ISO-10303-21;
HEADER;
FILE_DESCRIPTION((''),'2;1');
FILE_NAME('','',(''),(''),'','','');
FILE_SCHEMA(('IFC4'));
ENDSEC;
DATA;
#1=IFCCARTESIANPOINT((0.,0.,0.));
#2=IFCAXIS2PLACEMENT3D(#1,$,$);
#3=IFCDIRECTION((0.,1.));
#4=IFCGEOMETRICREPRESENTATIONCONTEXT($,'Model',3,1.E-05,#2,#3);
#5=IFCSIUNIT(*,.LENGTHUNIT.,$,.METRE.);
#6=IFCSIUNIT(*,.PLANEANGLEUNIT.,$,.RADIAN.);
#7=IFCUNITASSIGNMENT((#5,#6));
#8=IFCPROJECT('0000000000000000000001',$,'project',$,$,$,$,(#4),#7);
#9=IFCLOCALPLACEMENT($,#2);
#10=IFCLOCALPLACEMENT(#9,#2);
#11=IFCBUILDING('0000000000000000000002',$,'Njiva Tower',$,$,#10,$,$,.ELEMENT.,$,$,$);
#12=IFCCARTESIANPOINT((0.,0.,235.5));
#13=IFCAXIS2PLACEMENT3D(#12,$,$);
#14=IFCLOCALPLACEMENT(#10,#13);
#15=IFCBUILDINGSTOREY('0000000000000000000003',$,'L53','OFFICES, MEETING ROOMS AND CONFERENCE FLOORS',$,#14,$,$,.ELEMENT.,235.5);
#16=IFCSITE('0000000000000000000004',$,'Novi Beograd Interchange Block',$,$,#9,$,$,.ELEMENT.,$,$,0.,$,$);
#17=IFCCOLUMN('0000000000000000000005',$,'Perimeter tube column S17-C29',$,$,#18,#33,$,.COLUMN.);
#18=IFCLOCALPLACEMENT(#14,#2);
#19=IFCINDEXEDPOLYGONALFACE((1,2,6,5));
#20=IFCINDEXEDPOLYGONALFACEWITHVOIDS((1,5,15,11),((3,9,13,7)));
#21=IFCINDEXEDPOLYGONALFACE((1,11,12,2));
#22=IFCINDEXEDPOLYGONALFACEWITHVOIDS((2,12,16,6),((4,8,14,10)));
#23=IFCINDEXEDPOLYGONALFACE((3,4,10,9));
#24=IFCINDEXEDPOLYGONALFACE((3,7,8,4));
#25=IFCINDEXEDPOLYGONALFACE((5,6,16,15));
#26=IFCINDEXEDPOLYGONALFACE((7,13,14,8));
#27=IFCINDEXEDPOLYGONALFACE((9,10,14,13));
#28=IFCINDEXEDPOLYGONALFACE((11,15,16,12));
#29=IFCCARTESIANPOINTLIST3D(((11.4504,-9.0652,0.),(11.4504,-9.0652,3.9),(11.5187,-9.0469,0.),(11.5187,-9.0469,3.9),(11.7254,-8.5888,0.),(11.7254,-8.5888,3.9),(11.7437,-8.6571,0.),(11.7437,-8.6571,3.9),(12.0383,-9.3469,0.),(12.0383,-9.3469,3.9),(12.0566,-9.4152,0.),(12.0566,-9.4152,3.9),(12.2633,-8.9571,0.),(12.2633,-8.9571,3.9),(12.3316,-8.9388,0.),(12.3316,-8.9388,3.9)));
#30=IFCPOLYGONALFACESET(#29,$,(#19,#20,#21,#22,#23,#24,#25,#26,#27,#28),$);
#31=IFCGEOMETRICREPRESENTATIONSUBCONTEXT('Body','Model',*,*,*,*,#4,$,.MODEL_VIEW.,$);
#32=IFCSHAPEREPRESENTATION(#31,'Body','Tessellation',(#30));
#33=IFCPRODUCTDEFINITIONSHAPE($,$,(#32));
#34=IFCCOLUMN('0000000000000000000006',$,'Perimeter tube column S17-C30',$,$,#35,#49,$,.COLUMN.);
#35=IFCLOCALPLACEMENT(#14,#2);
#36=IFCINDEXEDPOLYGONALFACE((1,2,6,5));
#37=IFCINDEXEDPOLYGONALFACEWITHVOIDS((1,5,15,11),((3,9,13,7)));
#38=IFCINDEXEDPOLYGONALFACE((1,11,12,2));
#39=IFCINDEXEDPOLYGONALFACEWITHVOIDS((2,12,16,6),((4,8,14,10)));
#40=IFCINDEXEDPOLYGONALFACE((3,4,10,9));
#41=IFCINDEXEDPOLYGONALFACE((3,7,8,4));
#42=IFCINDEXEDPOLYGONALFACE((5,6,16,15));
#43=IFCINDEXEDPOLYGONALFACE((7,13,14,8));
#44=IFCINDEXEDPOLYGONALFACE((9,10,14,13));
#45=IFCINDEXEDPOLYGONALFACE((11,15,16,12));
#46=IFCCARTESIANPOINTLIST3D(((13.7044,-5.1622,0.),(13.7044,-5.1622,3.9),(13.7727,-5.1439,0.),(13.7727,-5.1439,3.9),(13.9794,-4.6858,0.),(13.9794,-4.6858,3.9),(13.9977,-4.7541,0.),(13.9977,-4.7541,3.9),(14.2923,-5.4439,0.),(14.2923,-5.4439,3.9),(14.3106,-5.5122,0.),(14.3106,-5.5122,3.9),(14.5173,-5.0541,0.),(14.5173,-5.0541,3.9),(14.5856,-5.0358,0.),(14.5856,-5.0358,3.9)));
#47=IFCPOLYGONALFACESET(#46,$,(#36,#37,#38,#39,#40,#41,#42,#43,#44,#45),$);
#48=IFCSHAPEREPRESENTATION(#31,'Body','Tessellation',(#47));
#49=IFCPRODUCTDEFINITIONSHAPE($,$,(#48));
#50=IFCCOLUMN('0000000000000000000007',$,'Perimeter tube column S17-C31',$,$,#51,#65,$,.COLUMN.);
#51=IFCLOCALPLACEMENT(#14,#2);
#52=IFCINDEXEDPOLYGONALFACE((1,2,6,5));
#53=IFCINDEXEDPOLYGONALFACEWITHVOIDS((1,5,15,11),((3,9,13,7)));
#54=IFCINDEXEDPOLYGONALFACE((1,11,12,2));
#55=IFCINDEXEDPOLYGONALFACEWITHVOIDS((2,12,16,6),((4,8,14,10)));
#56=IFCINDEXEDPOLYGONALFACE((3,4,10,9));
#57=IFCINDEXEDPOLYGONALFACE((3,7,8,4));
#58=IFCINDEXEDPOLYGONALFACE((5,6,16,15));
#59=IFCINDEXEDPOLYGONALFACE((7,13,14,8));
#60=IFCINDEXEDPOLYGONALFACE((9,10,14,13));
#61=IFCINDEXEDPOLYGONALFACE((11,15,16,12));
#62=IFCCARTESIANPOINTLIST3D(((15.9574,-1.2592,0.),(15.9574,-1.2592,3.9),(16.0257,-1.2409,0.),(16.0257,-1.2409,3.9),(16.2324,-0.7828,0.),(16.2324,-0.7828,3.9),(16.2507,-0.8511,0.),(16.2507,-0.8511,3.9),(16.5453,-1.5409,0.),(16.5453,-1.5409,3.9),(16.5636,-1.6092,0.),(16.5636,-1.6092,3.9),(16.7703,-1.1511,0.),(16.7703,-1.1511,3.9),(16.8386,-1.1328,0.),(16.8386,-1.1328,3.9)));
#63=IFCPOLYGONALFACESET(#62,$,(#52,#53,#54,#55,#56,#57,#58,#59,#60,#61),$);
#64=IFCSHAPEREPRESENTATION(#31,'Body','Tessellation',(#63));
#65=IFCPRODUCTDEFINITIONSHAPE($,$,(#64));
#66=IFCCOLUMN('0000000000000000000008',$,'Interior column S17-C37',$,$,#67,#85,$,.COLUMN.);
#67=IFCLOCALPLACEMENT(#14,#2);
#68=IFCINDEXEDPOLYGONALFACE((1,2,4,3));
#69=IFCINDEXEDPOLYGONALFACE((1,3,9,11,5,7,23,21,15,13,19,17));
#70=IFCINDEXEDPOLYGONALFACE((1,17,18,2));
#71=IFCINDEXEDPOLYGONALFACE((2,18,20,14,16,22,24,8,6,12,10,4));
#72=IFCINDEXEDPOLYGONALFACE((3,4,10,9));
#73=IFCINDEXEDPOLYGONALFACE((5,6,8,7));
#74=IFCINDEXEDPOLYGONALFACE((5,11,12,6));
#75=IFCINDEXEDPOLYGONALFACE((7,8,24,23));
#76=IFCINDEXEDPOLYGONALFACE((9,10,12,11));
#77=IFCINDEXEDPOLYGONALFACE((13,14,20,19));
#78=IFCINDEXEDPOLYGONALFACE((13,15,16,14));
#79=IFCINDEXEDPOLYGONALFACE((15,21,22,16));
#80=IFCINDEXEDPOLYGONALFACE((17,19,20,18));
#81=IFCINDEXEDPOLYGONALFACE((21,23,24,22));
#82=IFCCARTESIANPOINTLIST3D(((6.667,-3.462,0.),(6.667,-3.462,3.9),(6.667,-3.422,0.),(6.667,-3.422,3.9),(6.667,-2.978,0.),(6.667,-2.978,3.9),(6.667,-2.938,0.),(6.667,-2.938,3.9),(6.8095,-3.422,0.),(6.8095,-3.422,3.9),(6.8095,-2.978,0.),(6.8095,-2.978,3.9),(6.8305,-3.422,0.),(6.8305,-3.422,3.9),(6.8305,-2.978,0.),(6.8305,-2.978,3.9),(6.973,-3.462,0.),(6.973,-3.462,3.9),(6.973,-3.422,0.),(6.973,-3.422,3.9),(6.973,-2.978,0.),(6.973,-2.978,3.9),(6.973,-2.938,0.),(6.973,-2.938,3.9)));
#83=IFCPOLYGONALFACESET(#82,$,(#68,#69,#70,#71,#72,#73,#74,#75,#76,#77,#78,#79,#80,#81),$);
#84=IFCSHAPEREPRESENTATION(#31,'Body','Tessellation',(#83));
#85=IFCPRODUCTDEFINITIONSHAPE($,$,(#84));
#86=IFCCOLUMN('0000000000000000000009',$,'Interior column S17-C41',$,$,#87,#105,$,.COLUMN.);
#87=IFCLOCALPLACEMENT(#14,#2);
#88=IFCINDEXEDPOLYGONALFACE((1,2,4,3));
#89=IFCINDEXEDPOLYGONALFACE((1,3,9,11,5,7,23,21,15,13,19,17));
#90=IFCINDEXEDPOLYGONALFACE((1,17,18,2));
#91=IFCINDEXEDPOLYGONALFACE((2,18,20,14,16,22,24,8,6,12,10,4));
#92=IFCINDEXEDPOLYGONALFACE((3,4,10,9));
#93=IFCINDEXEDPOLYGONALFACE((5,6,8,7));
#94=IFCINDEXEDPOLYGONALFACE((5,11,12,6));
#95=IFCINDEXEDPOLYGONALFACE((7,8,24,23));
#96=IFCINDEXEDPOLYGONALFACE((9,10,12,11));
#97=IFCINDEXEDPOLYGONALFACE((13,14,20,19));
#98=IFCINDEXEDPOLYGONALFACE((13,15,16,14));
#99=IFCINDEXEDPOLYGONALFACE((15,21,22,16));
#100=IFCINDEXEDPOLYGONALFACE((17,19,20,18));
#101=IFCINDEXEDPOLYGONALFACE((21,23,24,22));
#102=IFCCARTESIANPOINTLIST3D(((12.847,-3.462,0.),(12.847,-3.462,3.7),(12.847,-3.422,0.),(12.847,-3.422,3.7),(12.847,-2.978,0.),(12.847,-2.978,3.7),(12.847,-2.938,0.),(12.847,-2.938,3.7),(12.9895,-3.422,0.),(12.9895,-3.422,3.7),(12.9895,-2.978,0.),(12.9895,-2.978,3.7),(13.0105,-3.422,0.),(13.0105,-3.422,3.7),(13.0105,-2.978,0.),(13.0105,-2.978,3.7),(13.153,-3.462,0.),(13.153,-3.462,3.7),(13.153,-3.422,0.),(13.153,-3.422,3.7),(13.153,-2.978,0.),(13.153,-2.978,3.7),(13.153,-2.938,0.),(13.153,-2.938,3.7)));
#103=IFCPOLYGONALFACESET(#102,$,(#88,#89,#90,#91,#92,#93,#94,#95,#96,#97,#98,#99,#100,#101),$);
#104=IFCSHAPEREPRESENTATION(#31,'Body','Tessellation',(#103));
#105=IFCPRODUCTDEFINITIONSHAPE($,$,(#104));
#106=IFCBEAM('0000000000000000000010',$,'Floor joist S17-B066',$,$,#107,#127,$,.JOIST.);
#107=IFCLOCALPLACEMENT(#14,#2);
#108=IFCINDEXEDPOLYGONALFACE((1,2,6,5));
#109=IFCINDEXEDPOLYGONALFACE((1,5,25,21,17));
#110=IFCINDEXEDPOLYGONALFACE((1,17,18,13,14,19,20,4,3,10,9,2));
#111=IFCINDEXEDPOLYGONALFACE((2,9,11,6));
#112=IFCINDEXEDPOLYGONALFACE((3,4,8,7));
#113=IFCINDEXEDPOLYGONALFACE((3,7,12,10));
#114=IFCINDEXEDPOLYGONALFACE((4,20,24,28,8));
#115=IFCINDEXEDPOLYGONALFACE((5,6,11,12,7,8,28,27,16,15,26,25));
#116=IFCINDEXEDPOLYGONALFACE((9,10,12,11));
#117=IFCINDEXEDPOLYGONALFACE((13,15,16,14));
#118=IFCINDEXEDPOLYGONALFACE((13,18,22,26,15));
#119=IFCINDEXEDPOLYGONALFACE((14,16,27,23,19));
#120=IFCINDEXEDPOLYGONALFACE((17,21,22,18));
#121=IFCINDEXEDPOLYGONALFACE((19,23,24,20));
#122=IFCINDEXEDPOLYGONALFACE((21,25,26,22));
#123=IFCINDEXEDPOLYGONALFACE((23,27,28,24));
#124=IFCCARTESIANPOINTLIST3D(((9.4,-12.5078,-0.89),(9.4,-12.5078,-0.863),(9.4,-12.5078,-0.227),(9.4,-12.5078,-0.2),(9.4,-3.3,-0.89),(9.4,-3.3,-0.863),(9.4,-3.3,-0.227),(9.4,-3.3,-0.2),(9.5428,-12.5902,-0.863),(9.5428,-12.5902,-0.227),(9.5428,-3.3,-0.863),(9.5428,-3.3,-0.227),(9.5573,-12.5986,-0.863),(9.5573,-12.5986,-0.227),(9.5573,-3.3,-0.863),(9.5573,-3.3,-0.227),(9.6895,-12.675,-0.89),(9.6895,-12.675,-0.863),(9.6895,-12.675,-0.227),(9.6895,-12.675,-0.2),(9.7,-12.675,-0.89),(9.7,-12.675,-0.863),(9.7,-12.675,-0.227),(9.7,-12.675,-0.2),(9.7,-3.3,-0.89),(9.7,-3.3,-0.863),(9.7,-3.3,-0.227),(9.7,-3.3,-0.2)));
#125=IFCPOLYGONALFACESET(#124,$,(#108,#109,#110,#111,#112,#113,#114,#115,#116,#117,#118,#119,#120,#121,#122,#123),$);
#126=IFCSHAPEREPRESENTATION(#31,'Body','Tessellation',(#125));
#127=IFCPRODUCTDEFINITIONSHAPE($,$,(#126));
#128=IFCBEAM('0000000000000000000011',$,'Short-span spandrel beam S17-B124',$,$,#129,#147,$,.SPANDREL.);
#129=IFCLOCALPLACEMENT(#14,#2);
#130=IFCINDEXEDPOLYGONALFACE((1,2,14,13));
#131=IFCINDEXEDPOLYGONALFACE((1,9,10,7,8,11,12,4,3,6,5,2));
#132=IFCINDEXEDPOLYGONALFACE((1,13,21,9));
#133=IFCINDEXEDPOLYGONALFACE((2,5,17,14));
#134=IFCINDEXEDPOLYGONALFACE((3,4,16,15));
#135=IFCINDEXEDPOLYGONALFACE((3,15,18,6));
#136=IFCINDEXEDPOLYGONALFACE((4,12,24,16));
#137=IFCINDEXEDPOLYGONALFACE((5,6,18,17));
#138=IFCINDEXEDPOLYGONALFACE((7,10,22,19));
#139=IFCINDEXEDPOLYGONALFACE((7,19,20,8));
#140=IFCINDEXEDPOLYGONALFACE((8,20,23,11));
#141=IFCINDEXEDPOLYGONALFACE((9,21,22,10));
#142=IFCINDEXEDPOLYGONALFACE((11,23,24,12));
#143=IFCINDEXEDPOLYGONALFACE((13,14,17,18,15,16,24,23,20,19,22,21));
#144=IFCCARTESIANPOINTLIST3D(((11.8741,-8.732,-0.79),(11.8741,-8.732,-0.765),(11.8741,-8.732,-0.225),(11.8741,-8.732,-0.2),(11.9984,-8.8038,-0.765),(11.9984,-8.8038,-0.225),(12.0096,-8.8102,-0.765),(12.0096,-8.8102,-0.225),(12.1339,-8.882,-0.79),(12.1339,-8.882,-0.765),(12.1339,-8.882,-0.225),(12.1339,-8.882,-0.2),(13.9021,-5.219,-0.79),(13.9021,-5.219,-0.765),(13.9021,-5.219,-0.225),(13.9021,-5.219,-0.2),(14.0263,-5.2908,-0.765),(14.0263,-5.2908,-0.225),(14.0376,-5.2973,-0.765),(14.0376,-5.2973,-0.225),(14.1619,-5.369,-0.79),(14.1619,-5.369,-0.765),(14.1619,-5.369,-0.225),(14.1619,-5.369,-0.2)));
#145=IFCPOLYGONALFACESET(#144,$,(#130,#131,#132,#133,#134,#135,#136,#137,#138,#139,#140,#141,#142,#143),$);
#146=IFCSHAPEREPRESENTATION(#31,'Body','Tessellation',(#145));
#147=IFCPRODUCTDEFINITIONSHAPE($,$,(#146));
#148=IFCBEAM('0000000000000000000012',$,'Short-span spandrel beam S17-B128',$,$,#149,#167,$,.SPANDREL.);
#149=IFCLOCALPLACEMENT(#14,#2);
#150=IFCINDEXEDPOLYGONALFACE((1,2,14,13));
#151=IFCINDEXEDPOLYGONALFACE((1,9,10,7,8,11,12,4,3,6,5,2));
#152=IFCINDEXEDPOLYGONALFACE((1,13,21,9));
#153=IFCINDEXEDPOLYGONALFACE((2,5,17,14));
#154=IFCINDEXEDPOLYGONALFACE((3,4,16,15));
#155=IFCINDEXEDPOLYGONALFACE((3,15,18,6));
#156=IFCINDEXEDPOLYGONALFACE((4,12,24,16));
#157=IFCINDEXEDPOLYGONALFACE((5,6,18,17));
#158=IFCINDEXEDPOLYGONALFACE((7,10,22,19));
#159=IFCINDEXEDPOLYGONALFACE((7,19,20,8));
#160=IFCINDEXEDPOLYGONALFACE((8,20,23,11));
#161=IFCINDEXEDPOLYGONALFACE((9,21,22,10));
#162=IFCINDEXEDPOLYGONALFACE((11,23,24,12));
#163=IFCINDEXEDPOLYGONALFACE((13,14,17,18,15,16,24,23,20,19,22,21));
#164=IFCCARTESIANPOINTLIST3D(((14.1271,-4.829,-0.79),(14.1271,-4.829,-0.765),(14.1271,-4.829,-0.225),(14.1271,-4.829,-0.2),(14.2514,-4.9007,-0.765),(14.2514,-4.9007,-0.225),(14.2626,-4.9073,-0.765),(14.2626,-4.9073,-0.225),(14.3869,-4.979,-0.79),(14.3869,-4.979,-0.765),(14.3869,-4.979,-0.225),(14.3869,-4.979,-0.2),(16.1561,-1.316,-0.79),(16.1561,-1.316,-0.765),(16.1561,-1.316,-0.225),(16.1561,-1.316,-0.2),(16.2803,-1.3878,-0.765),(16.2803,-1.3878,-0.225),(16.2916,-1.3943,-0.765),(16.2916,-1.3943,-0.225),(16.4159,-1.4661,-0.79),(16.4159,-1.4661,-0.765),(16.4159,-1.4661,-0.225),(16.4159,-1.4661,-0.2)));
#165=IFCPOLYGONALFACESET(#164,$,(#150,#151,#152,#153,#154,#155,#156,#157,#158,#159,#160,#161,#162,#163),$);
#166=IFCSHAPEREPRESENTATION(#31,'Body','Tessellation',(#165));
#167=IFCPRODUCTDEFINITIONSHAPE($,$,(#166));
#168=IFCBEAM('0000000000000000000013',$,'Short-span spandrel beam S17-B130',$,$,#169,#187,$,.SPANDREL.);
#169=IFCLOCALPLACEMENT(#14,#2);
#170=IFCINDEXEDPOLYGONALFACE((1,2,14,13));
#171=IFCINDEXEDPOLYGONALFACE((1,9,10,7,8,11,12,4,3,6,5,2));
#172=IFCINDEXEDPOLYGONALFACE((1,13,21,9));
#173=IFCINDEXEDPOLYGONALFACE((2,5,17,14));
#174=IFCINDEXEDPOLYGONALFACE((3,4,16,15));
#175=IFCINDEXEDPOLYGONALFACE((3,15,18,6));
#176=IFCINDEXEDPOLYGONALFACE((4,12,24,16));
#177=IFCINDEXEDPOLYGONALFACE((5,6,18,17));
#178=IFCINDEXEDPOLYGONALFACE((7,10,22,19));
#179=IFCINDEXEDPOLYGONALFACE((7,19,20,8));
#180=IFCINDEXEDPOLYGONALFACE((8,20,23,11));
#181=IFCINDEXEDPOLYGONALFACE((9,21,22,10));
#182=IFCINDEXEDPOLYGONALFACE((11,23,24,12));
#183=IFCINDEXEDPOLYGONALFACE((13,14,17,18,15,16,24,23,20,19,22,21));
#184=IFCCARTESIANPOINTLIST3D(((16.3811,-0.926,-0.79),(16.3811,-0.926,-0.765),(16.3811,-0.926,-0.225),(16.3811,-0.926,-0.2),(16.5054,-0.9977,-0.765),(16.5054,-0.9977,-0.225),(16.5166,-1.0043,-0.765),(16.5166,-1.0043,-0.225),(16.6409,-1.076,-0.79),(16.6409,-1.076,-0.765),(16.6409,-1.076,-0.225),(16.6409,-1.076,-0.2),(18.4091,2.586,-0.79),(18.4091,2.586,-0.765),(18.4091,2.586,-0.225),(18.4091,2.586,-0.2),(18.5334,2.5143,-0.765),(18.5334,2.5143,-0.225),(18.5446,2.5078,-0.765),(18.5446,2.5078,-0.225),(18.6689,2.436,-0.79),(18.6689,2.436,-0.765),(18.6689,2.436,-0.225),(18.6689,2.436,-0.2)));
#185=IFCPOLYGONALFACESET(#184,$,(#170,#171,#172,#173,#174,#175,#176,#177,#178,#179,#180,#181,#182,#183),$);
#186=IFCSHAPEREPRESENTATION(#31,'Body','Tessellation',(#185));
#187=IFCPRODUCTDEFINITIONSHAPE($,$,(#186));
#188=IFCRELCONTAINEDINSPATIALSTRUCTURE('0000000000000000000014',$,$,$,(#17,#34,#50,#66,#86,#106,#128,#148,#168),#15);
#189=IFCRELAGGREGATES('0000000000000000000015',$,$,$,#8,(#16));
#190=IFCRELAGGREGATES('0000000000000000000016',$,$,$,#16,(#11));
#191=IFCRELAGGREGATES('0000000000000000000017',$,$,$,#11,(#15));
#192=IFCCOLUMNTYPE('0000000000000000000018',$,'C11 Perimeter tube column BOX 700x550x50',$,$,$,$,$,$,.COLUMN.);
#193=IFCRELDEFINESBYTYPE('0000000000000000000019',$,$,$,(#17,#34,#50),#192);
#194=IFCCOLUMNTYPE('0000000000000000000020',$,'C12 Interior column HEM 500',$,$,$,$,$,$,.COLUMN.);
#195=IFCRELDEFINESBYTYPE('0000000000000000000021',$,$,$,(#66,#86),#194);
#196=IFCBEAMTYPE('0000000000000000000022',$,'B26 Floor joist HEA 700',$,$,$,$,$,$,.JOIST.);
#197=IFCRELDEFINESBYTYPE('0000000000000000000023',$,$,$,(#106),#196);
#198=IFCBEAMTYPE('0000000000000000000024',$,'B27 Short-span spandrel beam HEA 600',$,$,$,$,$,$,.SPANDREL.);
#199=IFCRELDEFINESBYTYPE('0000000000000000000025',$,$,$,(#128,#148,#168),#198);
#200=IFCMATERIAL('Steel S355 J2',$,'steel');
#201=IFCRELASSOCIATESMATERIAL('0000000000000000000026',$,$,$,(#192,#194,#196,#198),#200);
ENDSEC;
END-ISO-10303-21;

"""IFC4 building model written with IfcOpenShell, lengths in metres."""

from ifc_helpers import new_model, si_unit, direction, frame, origin, origin_2d, place, context, subcontext, project, spatial, hollow_rectangle, i_section, extrude, clip, halfspace, material, material_profile, profile_set, type_object, element, save


model = new_model("IFC4")

# Units and contexts
model_context = context("Model", 3, precision=1e-05, world=origin(), true_north=direction((0.0, 1.0)))
body_context = subcontext(model_context, "Body", "Model", "MODEL_VIEW")
ifc_project = project(units=[si_unit("LENGTHUNIT", "METRE"), si_unit("PLANEANGLEUNIT", "RADIAN")], contexts=[model_context])

# Site, building, storey
site_placement = place(None, origin())
site = spatial("IfcSite", under=ifc_project, at=site_placement, Name="Novi Beograd Interchange Block", CompositionType="ELEMENT", RefElevation=0.0)
building_placement = place(site_placement, origin())
building = spatial("IfcBuilding", under=site, at=building_placement, Name="Njiva Tower", CompositionType="ELEMENT")
storey_placement = place(building_placement, frame((0.0, 0.0, 235.5)))
storey = spatial("IfcBuildingStorey", under=building, at=storey_placement, Name="L53", Description="OFFICES, MEETING ROOMS AND CONFERENCE FLOORS", CompositionType="ELEMENT", Elevation=235.5)

# Columns
ifc_material_1 = material(Name="Steel S355 J2", Category="steel")
ifc_material_profile_1 = material_profile(ifc_material_1, hollow_rectangle(XDim=0.55, YDim=0.7, WallThickness=0.05, at=origin_2d()), Name="BOX 700x550x50")
ifc_profile_set_1 = profile_set([ifc_material_profile_1], Name="Steel S355 J2")
column_type_1 = type_object("IfcColumnType", Name="C11 Perimeter tube column BOX 700x550x50", PredefinedType="COLUMN", material=ifc_profile_set_1)
for number, where, z_axis, x_axis, name in (
    (1, (11.891, -9.002, 0.0), (0.0, 0.0, 1.0), (0.5, 0.866025, 0.0), "Perimeter tube column S17-C29"),
    (2, (14.145, -5.099, 0.0), (0.0, 0.0, 1.0), (0.5, 0.866025, 0.0), "Perimeter tube column S17-C30"),
    (3, (16.398, -1.196, 0.0), (0.0, 0.0, 1.0), (0.5, 0.866025, 0.0), "Perimeter tube column S17-C31"),
):
    element("IfcColumn", number, at=place(storey_placement, frame(where, z_axis=z_axis, x_axis=x_axis)), inside=storey, type_object=column_type_1, Name=name, PredefinedType="COLUMN", context=body_context, shape_type="SweptSolid", body=[
        extrude(hollow_rectangle(XDim=0.55, YDim=0.7, WallThickness=0.05, at=origin_2d()), origin(), (0.0, 0.0, 1.0), 3.9),
    ])
ifc_material_profile_2 = material_profile(ifc_material_1, i_section(OverallWidth=0.306, OverallDepth=0.524, WebThickness=0.021, FlangeThickness=0.04, at=origin_2d()), Name="HEM 500")
ifc_profile_set_2 = profile_set([ifc_material_profile_2], Name="Steel S355 J2")
column_type_2 = type_object("IfcColumnType", Name="C12 Interior column HEM 500", PredefinedType="COLUMN", material=ifc_profile_set_2)
column_1_placement = place(storey_placement, frame((6.82, -3.2, 0.0), z_axis=(0.0, 0.0, 1.0), x_axis=(1.0, 0.0, 0.0)))
element("IfcColumn", 4, at=column_1_placement, inside=storey, type_object=column_type_2, Name="Interior column S17-C37", PredefinedType="COLUMN", context=body_context, shape_type="SweptSolid", body=[
    extrude(i_section(OverallWidth=0.306, OverallDepth=0.524, WebThickness=0.021, FlangeThickness=0.04, at=origin_2d()), origin(), (0.0, 0.0, 1.0), 3.9),
])
column_2_placement = place(storey_placement, frame((13.0, -3.2, 0.0), z_axis=(0.0, 0.0, 1.0), x_axis=(1.0, 0.0, 0.0)))
element("IfcColumn", 5, at=column_2_placement, inside=storey, type_object=column_type_2, Name="Interior column S17-C41", PredefinedType="COLUMN", context=body_context, shape_type="SweptSolid", body=[
    extrude(i_section(OverallWidth=0.306, OverallDepth=0.524, WebThickness=0.021, FlangeThickness=0.04, at=origin_2d()), origin(), (0.0, 0.0, 1.0), 3.7),
])

# Beams
ifc_material_profile_3 = material_profile(ifc_material_1, i_section(OverallWidth=0.3, OverallDepth=0.69, WebThickness=0.0145, FlangeThickness=0.027, at=origin_2d()), Name="HEA 700")
ifc_profile_set_3 = profile_set([ifc_material_profile_3], Name="Steel S355 J2")
beam_type_1 = type_object("IfcBeamType", Name="B26 Floor joist HEA 700", PredefinedType="JOIST", material=ifc_profile_set_3)
beam_1_placement = place(storey_placement, frame((9.55, -3.3, -0.545), z_axis=(0.0, -1.0, 0.0), x_axis=(1.0, 0.0, 0.0)))
element("IfcBeam", 6, at=beam_1_placement, inside=storey, type_object=beam_type_1, Name="Floor joist S17-B066", PredefinedType="JOIST", context=body_context, shape_type="Clipping", body=[
    clip(extrude(i_section(OverallWidth=0.3, OverallDepth=0.69, WebThickness=0.0145, FlangeThickness=0.027, at=origin_2d()), origin(), (0.0, 0.0, 1.0), 9.375), halfspace(frame((-0.025, 0.0, 9.28), z_axis=(-0.499998, 0.0, 0.866027), x_axis=(0.0, 1.0, 0.0)), False)),
])
ifc_material_profile_4 = material_profile(ifc_material_1, i_section(OverallWidth=0.3, OverallDepth=0.59, WebThickness=0.013, FlangeThickness=0.025, at=origin_2d()), Name="HEA 600")
ifc_profile_set_4 = profile_set([ifc_material_profile_4], Name="Steel S355 J2")
beam_type_2 = type_object("IfcBeamType", Name="B27 Short-span spandrel beam HEA 600", PredefinedType="SPANDREL", material=ifc_profile_set_4)
beam_2_placement = place(storey_placement, frame((12.004, -8.807, -0.495), z_axis=(0.499957, 0.86605, 0.0), x_axis=(-0.86605, 0.499957, 0.0)))
element("IfcBeam", 7, at=beam_2_placement, inside=storey, type_object=beam_type_2, Name="Short-span spandrel beam S17-B124", PredefinedType="SPANDREL", context=body_context, shape_type="SweptSolid", body=[
    extrude(i_section(OverallWidth=0.3, OverallDepth=0.59, WebThickness=0.013, FlangeThickness=0.025, at=origin_2d()), origin(), (0.0, 0.0, 1.0), 4.0563),
])
beam_3_placement = place(storey_placement, frame((14.257, -4.904, -0.495), z_axis=(0.500142, 0.865943, 0.0), x_axis=(-0.865943, 0.500142, 0.0)))
element("IfcBeam", 8, at=beam_3_placement, inside=storey, type_object=beam_type_2, Name="Short-span spandrel beam S17-B128", PredefinedType="SPANDREL", context=body_context, shape_type="SweptSolid", body=[
    extrude(i_section(OverallWidth=0.3, OverallDepth=0.59, WebThickness=0.013, FlangeThickness=0.025, at=origin_2d()), origin(), (0.0, 0.0, 1.0), 4.0568),
])
beam_4_placement = place(storey_placement, frame((16.511, -1.001, -0.495), z_axis=(0.500064, 0.865988, 0.0), x_axis=(-0.865988, 0.500064, 0.0)))
element("IfcBeam", 9, at=beam_4_placement, inside=storey, type_object=beam_type_2, Name="Short-span spandrel beam S17-B130", PredefinedType="SPANDREL", context=body_context, shape_type="SweptSolid", body=[
    extrude(i_section(OverallWidth=0.3, OverallDepth=0.59, WebThickness=0.013, FlangeThickness=0.025, at=origin_2d()), origin(), (0.0, 0.0, 1.0), 4.0555),
])

save(model, "model.ifc")
